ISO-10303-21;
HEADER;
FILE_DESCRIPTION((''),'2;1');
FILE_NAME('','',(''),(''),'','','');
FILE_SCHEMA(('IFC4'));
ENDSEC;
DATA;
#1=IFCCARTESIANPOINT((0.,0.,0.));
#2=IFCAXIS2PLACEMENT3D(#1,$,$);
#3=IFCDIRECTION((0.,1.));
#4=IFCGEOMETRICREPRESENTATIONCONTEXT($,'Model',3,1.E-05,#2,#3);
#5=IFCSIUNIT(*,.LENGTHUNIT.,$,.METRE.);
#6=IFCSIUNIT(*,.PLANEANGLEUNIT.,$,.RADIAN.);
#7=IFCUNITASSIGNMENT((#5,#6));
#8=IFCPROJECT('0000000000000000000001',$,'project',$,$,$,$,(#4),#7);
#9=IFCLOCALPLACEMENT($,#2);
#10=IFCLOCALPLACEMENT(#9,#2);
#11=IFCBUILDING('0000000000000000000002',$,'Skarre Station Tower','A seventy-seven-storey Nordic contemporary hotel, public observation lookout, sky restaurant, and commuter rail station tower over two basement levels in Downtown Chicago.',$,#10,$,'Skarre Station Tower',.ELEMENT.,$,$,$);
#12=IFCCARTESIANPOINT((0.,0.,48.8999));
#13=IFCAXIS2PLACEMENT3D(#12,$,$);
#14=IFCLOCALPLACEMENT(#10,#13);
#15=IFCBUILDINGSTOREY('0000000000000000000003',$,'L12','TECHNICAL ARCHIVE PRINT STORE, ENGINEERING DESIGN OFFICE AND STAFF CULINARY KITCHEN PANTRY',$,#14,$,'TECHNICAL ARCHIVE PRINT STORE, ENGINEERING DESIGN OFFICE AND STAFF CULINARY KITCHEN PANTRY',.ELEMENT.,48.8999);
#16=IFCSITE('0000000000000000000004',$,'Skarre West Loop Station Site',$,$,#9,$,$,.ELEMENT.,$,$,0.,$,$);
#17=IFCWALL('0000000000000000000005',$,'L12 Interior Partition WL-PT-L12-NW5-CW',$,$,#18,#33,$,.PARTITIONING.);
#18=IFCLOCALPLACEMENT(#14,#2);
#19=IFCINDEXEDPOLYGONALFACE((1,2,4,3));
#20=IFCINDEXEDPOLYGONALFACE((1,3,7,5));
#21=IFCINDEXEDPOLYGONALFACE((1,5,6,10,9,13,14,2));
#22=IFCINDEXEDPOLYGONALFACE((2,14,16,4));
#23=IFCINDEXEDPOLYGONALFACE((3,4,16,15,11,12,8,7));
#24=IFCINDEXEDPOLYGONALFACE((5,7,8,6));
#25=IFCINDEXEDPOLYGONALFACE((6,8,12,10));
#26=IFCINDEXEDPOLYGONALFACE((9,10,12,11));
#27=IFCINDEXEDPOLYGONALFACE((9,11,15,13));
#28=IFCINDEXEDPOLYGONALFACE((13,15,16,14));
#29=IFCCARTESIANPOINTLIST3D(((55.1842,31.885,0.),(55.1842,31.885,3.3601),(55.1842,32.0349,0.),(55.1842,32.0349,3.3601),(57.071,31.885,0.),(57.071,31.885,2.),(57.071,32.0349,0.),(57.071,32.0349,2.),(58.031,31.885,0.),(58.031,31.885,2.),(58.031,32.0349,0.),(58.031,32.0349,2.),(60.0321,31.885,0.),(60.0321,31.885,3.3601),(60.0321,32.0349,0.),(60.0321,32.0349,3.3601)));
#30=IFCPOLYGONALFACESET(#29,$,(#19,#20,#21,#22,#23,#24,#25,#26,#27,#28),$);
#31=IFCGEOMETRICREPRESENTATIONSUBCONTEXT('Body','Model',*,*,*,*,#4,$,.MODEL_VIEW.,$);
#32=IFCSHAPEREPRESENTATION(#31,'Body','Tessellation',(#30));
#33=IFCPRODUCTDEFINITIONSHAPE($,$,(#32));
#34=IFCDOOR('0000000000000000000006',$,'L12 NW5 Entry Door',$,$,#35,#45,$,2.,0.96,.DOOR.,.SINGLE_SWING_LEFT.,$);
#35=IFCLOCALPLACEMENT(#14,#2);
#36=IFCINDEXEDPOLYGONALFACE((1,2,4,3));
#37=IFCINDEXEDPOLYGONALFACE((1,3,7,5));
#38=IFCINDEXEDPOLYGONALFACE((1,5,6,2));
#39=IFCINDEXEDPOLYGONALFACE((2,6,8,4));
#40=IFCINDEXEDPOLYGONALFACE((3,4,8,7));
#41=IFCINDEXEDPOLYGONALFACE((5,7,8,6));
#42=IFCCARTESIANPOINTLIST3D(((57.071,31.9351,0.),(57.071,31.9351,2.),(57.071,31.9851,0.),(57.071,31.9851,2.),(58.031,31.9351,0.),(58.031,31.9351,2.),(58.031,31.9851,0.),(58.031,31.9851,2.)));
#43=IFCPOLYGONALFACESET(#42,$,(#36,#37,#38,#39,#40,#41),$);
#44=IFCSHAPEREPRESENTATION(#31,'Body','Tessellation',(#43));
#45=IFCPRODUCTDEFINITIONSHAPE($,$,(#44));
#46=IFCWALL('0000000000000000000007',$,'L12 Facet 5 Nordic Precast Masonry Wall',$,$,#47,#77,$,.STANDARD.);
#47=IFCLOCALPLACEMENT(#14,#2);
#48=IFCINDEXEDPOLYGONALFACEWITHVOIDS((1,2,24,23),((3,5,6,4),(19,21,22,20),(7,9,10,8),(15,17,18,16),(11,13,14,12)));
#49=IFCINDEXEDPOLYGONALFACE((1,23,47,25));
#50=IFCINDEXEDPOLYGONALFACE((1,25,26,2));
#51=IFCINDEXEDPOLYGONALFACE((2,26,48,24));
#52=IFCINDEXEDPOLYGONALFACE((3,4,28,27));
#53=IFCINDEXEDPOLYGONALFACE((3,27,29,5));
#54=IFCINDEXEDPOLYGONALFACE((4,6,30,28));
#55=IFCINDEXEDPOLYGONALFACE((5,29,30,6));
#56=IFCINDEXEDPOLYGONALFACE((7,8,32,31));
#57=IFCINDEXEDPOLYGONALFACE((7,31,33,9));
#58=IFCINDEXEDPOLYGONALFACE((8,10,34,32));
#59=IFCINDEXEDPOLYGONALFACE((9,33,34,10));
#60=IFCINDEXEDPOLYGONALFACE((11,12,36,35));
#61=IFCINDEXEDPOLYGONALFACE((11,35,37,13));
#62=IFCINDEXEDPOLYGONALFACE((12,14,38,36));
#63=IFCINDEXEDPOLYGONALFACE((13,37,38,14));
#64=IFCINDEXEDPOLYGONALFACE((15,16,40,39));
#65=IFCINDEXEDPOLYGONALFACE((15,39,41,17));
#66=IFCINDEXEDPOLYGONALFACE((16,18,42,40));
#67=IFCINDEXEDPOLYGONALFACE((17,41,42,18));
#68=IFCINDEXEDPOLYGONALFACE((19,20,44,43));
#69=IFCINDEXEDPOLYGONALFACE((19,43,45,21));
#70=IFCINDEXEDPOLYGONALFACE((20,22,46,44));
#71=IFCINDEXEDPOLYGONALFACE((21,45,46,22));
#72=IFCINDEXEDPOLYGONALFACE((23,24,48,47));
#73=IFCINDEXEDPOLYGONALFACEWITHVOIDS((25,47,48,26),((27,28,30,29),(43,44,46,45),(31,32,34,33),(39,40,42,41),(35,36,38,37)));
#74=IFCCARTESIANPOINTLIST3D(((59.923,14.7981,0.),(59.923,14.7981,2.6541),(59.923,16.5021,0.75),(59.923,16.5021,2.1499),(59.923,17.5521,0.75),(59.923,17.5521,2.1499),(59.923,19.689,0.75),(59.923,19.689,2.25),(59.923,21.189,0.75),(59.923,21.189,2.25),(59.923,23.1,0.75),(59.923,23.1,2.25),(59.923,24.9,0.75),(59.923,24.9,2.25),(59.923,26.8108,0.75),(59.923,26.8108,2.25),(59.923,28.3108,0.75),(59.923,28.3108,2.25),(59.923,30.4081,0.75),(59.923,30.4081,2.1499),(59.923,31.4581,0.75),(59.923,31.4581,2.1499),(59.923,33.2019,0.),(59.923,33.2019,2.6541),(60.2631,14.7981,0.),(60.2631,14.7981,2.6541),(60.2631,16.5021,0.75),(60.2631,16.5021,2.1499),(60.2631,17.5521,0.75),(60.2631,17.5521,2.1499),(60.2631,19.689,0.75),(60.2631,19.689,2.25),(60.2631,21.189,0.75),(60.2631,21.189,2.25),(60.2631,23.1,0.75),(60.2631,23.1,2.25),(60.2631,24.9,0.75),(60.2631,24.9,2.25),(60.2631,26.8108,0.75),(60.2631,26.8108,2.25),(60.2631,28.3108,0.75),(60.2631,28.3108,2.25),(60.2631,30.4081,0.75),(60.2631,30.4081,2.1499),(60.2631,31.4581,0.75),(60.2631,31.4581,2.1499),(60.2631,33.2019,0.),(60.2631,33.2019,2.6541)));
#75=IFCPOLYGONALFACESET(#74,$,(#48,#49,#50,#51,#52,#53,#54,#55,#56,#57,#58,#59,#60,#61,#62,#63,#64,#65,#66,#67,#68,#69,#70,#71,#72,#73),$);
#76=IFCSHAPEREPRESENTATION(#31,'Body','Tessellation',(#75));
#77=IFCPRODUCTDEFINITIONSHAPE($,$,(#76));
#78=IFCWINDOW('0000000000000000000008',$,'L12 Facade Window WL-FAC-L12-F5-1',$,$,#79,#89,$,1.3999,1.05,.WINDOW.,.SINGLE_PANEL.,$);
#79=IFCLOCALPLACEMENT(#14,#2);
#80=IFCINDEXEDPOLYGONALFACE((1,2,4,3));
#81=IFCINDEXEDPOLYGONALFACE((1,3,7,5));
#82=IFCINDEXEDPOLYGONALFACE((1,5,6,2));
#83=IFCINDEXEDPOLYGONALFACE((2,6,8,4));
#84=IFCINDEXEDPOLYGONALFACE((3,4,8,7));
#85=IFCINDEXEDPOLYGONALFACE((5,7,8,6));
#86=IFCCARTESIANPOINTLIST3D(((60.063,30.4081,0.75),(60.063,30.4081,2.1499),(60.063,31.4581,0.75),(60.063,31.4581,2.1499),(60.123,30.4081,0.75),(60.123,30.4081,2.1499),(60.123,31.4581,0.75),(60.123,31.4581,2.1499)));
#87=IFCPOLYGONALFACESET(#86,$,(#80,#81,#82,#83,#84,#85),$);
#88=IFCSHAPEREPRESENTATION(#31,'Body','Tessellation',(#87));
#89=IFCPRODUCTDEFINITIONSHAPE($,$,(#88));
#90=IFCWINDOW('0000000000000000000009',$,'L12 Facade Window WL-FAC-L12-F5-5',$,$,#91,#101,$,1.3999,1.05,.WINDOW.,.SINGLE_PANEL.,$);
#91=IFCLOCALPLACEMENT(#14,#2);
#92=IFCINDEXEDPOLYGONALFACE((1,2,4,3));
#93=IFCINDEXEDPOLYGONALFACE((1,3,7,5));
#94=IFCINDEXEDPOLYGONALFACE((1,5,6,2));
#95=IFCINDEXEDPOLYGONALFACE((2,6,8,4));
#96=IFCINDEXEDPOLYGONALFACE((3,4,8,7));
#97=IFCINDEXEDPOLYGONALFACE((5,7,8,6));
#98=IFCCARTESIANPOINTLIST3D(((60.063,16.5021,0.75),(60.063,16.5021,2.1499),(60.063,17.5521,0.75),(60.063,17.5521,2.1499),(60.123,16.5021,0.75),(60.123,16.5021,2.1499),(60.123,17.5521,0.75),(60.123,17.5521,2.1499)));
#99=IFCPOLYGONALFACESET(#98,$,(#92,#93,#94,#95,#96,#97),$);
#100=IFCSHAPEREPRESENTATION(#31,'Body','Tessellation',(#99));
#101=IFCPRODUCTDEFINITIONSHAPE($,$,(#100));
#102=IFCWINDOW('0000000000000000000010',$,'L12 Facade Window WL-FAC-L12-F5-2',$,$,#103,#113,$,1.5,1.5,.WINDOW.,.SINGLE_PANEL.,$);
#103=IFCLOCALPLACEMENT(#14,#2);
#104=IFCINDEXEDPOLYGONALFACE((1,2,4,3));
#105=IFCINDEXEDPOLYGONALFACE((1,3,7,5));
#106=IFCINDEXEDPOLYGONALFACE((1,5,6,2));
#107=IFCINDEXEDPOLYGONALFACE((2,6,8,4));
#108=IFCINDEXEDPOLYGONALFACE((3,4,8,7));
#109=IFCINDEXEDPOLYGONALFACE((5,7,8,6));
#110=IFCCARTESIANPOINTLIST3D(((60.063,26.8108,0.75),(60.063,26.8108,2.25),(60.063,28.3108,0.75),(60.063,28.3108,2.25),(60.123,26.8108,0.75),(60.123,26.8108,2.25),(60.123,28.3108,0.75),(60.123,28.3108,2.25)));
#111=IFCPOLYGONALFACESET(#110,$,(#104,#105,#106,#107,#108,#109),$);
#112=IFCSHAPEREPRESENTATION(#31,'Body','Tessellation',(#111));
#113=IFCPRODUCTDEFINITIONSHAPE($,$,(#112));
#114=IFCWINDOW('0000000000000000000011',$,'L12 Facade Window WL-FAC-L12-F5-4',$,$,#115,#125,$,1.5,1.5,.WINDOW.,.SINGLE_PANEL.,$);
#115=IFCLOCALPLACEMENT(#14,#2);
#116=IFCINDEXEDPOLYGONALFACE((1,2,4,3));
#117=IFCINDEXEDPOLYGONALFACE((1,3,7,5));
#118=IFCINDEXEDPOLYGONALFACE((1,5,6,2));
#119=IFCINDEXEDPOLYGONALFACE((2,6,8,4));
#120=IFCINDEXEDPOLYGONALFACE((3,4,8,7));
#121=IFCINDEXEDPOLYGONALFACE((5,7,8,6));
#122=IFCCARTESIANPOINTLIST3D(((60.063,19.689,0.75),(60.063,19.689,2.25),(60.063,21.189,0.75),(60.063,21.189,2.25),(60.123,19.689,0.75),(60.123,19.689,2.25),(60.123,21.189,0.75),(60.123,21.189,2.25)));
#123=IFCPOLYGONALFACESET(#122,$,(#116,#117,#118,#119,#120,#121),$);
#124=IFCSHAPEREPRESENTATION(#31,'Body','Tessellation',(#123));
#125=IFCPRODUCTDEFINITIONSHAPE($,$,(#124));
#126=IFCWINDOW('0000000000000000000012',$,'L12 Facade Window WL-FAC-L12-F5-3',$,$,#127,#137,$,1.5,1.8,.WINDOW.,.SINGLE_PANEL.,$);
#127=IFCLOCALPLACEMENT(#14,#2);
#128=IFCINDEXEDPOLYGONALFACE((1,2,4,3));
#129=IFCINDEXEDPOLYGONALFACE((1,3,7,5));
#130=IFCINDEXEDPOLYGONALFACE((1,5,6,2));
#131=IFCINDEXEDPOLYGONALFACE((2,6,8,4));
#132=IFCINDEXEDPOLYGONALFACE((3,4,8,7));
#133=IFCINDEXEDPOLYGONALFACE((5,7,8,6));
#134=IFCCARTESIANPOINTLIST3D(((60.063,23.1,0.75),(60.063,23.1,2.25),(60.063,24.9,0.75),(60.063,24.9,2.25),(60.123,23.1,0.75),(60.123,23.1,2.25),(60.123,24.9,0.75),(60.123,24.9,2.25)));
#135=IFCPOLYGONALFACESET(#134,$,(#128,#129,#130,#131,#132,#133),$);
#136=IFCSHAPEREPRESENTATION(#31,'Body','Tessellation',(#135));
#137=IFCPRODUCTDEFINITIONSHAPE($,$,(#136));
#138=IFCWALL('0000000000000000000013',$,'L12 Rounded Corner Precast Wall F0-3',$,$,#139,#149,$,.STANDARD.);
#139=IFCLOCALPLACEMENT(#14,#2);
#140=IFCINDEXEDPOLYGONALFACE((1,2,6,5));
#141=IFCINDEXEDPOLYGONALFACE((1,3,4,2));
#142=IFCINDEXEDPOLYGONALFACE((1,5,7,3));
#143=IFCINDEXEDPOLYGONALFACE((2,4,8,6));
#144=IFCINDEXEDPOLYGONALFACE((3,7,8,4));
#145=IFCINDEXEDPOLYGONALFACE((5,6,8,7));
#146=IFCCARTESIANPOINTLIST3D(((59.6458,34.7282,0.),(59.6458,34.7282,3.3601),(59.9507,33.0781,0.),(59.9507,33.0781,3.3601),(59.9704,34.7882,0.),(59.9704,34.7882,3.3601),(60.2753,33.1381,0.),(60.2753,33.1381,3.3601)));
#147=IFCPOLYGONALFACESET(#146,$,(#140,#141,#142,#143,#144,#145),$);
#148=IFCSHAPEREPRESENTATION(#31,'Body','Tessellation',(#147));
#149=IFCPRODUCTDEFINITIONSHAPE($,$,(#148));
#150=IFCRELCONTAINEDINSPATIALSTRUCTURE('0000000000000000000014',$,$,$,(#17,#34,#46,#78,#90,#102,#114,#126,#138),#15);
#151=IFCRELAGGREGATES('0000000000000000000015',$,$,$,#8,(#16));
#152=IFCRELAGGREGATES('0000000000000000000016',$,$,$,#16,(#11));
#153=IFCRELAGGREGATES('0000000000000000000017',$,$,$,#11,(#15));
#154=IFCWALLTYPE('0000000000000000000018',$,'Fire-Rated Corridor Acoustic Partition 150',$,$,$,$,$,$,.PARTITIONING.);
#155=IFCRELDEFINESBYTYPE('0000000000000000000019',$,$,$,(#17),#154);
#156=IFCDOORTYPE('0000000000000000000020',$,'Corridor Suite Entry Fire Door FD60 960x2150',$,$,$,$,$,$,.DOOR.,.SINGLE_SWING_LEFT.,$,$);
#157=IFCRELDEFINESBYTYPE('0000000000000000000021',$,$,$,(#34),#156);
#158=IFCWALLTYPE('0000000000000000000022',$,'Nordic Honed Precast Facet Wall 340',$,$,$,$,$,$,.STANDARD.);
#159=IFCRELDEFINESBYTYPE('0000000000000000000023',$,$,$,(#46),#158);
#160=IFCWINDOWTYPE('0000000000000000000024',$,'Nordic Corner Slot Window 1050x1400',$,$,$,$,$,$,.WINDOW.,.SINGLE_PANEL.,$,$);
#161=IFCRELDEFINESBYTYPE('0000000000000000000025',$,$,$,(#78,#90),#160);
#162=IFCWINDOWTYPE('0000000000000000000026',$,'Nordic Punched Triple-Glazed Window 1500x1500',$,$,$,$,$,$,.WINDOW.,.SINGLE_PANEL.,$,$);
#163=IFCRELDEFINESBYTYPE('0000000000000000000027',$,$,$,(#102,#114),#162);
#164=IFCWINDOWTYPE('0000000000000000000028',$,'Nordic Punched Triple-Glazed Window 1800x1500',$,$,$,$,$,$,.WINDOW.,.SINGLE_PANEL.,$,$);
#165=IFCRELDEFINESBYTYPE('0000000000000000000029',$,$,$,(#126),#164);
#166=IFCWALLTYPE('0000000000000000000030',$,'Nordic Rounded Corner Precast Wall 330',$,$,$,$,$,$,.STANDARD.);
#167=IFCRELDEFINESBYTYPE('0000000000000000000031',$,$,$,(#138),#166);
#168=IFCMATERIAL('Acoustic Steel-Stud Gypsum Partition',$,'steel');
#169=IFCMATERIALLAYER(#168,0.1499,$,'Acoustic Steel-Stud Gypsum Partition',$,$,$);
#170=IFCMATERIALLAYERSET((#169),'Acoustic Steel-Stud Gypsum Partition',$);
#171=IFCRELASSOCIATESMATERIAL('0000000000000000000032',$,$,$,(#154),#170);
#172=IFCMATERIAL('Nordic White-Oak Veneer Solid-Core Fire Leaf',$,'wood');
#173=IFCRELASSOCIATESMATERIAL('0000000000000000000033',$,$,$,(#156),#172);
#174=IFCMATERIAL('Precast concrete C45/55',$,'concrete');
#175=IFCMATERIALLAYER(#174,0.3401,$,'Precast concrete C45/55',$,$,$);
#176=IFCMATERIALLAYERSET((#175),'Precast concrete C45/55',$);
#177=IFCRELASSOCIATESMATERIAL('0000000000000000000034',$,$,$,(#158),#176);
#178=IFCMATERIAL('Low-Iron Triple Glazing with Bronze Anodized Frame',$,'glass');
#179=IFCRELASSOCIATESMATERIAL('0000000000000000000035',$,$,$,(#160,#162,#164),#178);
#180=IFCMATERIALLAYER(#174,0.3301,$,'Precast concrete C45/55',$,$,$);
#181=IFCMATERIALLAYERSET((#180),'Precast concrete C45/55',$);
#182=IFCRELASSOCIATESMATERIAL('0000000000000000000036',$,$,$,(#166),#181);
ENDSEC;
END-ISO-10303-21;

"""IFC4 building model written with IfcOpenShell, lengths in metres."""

from ifc_helpers import new_model, si_unit, direction, frame, frame_2d, origin, place, context, subcontext, project, spatial, rectangle, extrude, material, layer, layer_set, type_object, element, fill, save


model = new_model("IFC4")

# Units and contexts
model_context = context("Model", 3, precision=1e-05, world=origin(), true_north=direction((0.0, 1.0)))
body_context = subcontext(model_context, "Body", "Model", "MODEL_VIEW")
ifc_project = project(units=[si_unit("LENGTHUNIT", "METRE"), si_unit("PLANEANGLEUNIT", "RADIAN")], contexts=[model_context])

# Site, building, storey
site_placement = place(None, origin())
site = spatial("IfcSite", under=ifc_project, at=site_placement, Name="Skarre West Loop Station Site", CompositionType="ELEMENT", RefElevation=0.0)
building_placement = place(site_placement, origin())
building = spatial("IfcBuilding", under=site, at=building_placement, Name="Skarre Station Tower", Description="A seventy-seven-storey Nordic contemporary hotel, public observation lookout, sky restaurant, and commuter rail station tower over two basement levels in Downtown Chicago.", LongName="Skarre Station Tower", CompositionType="ELEMENT")
storey_placement = place(building_placement, frame((0.0, 0.0, 48.8999)))
storey = spatial("IfcBuildingStorey", under=building, at=storey_placement, Name="L12", Description="TECHNICAL ARCHIVE PRINT STORE, ENGINEERING DESIGN OFFICE AND STAFF CULINARY KITCHEN PANTRY", LongName="TECHNICAL ARCHIVE PRINT STORE, ENGINEERING DESIGN OFFICE AND STAFF CULINARY KITCHEN PANTRY", CompositionType="ELEMENT", Elevation=48.8999)

# Wall, opening, door
ifc_material_1 = material(Name="Acoustic Steel-Stud Gypsum Partition", Category="steel")
ifc_layer_1 = layer(ifc_material_1, 0.1499, Name="Acoustic Steel-Stud Gypsum Partition")
ifc_layer_set_1 = layer_set([ifc_layer_1], Name="Acoustic Steel-Stud Gypsum Partition")
wall_type_1 = type_object("IfcWallType", Name="Fire-Rated Corridor Acoustic Partition 150", PredefinedType="PARTITIONING", material=ifc_layer_set_1)
wall_1_placement = place(storey_placement, frame((60.032, 31.96, 0.0), z_axis=(0.0, 0.0, 1.0), x_axis=(-1.0, 0.0, 0.0)))
wall_1 = element("IfcWall", 1, at=wall_1_placement, inside=storey, type_object=wall_type_1, Name="L12 Interior Partition WL-PT-L12-NW5-CW", PredefinedType="PARTITIONING", context=body_context, shape_type="SweptSolid", body=[
    extrude(rectangle(XDim=4.8479, YDim=0.1499, at=frame_2d((2.4238, 0.0))), origin(), (0.0, 0.0, 1.0), 3.3601),
])
opening_1_placement = place(wall_1_placement, frame((2.001, 0.0, 0.0)))
opening_1 = element("IfcOpeningElement", 2, at=opening_1_placement, cuts=wall_1, PredefinedType="OPENING", context=body_context, shape_type="SweptSolid", body=[
    extrude(rectangle(XDim=0.96, YDim=2.0, at=frame_2d((0.48, 1.0))), frame((0.0, 0.085, 0.0), z_axis=(0.0, -1.0, 0.0), x_axis=(1.0, 0.0, 0.0)), (0.0, 0.0, 1.0), 0.1699),
])
ifc_material_2 = material(Name="Nordic White-Oak Veneer Solid-Core Fire Leaf", Category="wood")
door_type = type_object("IfcDoorType", Name="Corridor Suite Entry Fire Door FD60 960x2150", OperationType="SINGLE_SWING_LEFT", PredefinedType="DOOR", material=ifc_material_2)
door_placement = place(opening_1_placement, origin())
door = element("IfcDoor", 3, at=door_placement, inside=storey, type_object=door_type, Name="L12 NW5 Entry Door", OperationType="SINGLE_SWING_LEFT", OverallHeight=2.0, OverallWidth=0.96, PredefinedType="DOOR", context=body_context, shape_type="SweptSolid", body=[
    extrude(rectangle(XDim=0.96, YDim=2.0, at=frame_2d((0.48, 1.0))), frame((0.0, 0.0249, 0.0), z_axis=(0.0, -1.0, 0.0), x_axis=(1.0, 0.0, 0.0)), (0.0, 0.0, 1.0), 0.05),
])
fill(opening_1, door)

# Wall, openings, windows
ifc_material_3 = material(Name="Precast concrete C45/55", Category="concrete")
ifc_layer_2 = layer(ifc_material_3, 0.3401, Name="Precast concrete C45/55")
ifc_layer_set_2 = layer_set([ifc_layer_2], Name="Precast concrete C45/55")
wall_type_2 = type_object("IfcWallType", Name="Nordic Honed Precast Facet Wall 340", PredefinedType="STANDARD", material=ifc_layer_set_2)
wall_2_placement = place(storey_placement, frame((60.093, 33.2019, 0.0), z_axis=(0.0, 0.0, 1.0), x_axis=(0.0, -1.0, 0.0)))
wall_2 = element("IfcWall", 4, at=wall_2_placement, inside=storey, type_object=wall_type_2, Name="L12 Facet 5 Nordic Precast Masonry Wall", PredefinedType="STANDARD", context=body_context, shape_type="SweptSolid", body=[
    extrude(rectangle(XDim=18.4038, YDim=0.3401, at=frame_2d((9.2019, 0.0))), origin(), (0.0, 0.0, 1.0), 2.6541),
])
opening_2_placement = place(wall_2_placement, frame((1.7439, 0.0, 0.75)))
opening_2 = element("IfcOpeningElement", 5, at=opening_2_placement, cuts=wall_2, PredefinedType="OPENING", context=body_context, shape_type="SweptSolid", body=[
    extrude(rectangle(XDim=1.05, YDim=1.3999, at=frame_2d((0.5249, 0.7))), frame((0.0, 0.1799, 0.0), z_axis=(0.0, -1.0, 0.0), x_axis=(1.0, 0.0, 0.0)), (0.0, 0.0, 1.0), 0.3601),
])
opening_3_placement = place(wall_2_placement, frame((4.8911, 0.0, 0.75)))
opening_3 = element("IfcOpeningElement", 6, at=opening_3_placement, cuts=wall_2, PredefinedType="OPENING", context=body_context, shape_type="SweptSolid", body=[
    extrude(rectangle(XDim=1.5, YDim=1.5, at=frame_2d((0.75, 0.75))), frame((0.0, 0.1799, 0.0), z_axis=(0.0, -1.0, 0.0), x_axis=(1.0, 0.0, 0.0)), (0.0, 0.0, 1.0), 0.3601),
])
opening_4_placement = place(wall_2_placement, frame((8.302, 0.0, 0.75)))
opening_4 = element("IfcOpeningElement", 7, at=opening_4_placement, cuts=wall_2, PredefinedType="OPENING", context=body_context, shape_type="SweptSolid", body=[
    extrude(rectangle(XDim=1.8, YDim=1.5, at=frame_2d((0.8999, 0.75))), frame((0.0, 0.1799, 0.0), z_axis=(0.0, -1.0, 0.0), x_axis=(1.0, 0.0, 0.0)), (0.0, 0.0, 1.0), 0.3601),
])
opening_5_placement = place(wall_2_placement, frame((12.0129, 0.0, 0.75)))
opening_5 = element("IfcOpeningElement", 8, at=opening_5_placement, cuts=wall_2, PredefinedType="OPENING", context=body_context, shape_type="SweptSolid", body=[
    extrude(rectangle(XDim=1.5, YDim=1.5, at=frame_2d((0.75, 0.75))), frame((0.0, 0.1799, 0.0), z_axis=(0.0, -1.0, 0.0), x_axis=(1.0, 0.0, 0.0)), (0.0, 0.0, 1.0), 0.3601),
])
opening_6_placement = place(wall_2_placement, frame((15.6499, 0.0, 0.75)))
opening_6 = element("IfcOpeningElement", 9, at=opening_6_placement, cuts=wall_2, PredefinedType="OPENING", context=body_context, shape_type="SweptSolid", body=[
    extrude(rectangle(XDim=1.05, YDim=1.3999, at=frame_2d((0.5249, 0.7))), frame((0.0, 0.1799, 0.0), z_axis=(0.0, -1.0, 0.0), x_axis=(1.0, 0.0, 0.0)), (0.0, 0.0, 1.0), 0.3601),
])
ifc_material_4 = material(Name="Low-Iron Triple Glazing with Bronze Anodized Frame", Category="glass")
window_type_1 = type_object("IfcWindowType", Name="Nordic Corner Slot Window 1050x1400", PartitioningType="SINGLE_PANEL", PredefinedType="WINDOW", material=ifc_material_4)
window_1_placement = place(opening_2_placement, origin())
window_1 = element("IfcWindow", 10, at=window_1_placement, inside=storey, type_object=window_type_1, Name="L12 Facade Window WL-FAC-L12-F5-1", OverallHeight=1.3999, OverallWidth=1.05, PartitioningType="SINGLE_PANEL", PredefinedType="WINDOW", context=body_context, shape_type="SweptSolid", body=[
    extrude(rectangle(XDim=1.05, YDim=1.3999, at=frame_2d((0.5249, 0.7))), frame((0.0, 0.03, 0.0), z_axis=(0.0, -1.0, 0.0), x_axis=(1.0, 0.0, 0.0)), (0.0, 0.0, 1.0), 0.0601),
])
fill(opening_2, window_1)
window_2_placement = place(opening_6_placement, origin())
window_2 = element("IfcWindow", 11, at=window_2_placement, inside=storey, type_object=window_type_1, Name="L12 Facade Window WL-FAC-L12-F5-5", OverallHeight=1.3999, OverallWidth=1.05, PartitioningType="SINGLE_PANEL", PredefinedType="WINDOW", context=body_context, shape_type="SweptSolid", body=[
    extrude(rectangle(XDim=1.05, YDim=1.3999, at=frame_2d((0.5249, 0.7))), frame((0.0, 0.03, 0.0), z_axis=(0.0, -1.0, 0.0), x_axis=(1.0, 0.0, 0.0)), (0.0, 0.0, 1.0), 0.0601),
])
fill(opening_6, window_2)
window_type_2 = type_object("IfcWindowType", Name="Nordic Punched Triple-Glazed Window 1500x1500", PartitioningType="SINGLE_PANEL", PredefinedType="WINDOW", material=ifc_material_4)
window_3_placement = place(opening_3_placement, origin())
window_3 = element("IfcWindow", 12, at=window_3_placement, inside=storey, type_object=window_type_2, Name="L12 Facade Window WL-FAC-L12-F5-2", OverallHeight=1.5, OverallWidth=1.5, PartitioningType="SINGLE_PANEL", PredefinedType="WINDOW", context=body_context, shape_type="SweptSolid", body=[
    extrude(rectangle(XDim=1.5, YDim=1.5, at=frame_2d((0.75, 0.75))), frame((0.0, 0.03, 0.0), z_axis=(0.0, -1.0, 0.0), x_axis=(1.0, 0.0, 0.0)), (0.0, 0.0, 1.0), 0.0601),
])
fill(opening_3, window_3)
window_4_placement = place(opening_5_placement, origin())
window_4 = element("IfcWindow", 13, at=window_4_placement, inside=storey, type_object=window_type_2, Name="L12 Facade Window WL-FAC-L12-F5-4", OverallHeight=1.5, OverallWidth=1.5, PartitioningType="SINGLE_PANEL", PredefinedType="WINDOW", context=body_context, shape_type="SweptSolid", body=[
    extrude(rectangle(XDim=1.5, YDim=1.5, at=frame_2d((0.75, 0.75))), frame((0.0, 0.03, 0.0), z_axis=(0.0, -1.0, 0.0), x_axis=(1.0, 0.0, 0.0)), (0.0, 0.0, 1.0), 0.0601),
])
fill(opening_5, window_4)
window_type_3 = type_object("IfcWindowType", Name="Nordic Punched Triple-Glazed Window 1800x1500", PartitioningType="SINGLE_PANEL", PredefinedType="WINDOW", material=ifc_material_4)
window_5_placement = place(opening_4_placement, origin())
window_5 = element("IfcWindow", 14, at=window_5_placement, inside=storey, type_object=window_type_3, Name="L12 Facade Window WL-FAC-L12-F5-3", OverallHeight=1.5, OverallWidth=1.8, PartitioningType="SINGLE_PANEL", PredefinedType="WINDOW", context=body_context, shape_type="SweptSolid", body=[
    extrude(rectangle(XDim=1.8, YDim=1.5, at=frame_2d((0.8999, 0.75))), frame((0.0, 0.03, 0.0), z_axis=(0.0, -1.0, 0.0), x_axis=(1.0, 0.0, 0.0)), (0.0, 0.0, 1.0), 0.0601),
])
fill(opening_4, window_5)

# Wall
ifc_layer_3 = layer(ifc_material_3, 0.3301, Name="Precast concrete C45/55")
ifc_layer_set_3 = layer_set([ifc_layer_3], Name="Precast concrete C45/55")
wall_type_3 = type_object("IfcWallType", Name="Nordic Rounded Corner Precast Wall 330", PredefinedType="STANDARD", material=ifc_layer_set_3)
wall_3_placement = place(storey_placement, frame((59.8081, 34.7581, 0.0), z_axis=(0.0, 0.0, 1.0), x_axis=(0.181714, -0.983351, 0.0)))
element("IfcWall", 15, at=wall_3_placement, inside=storey, type_object=wall_type_3, Name="L12 Rounded Corner Precast Wall F0-3", PredefinedType="STANDARD", context=body_context, shape_type="SweptSolid", body=[
    extrude(rectangle(XDim=1.678, YDim=0.3301, at=frame_2d((0.8389, 0.0))), origin(), (0.0, 0.0, 1.0), 3.3601),
])

save(model, "model.ifc")
